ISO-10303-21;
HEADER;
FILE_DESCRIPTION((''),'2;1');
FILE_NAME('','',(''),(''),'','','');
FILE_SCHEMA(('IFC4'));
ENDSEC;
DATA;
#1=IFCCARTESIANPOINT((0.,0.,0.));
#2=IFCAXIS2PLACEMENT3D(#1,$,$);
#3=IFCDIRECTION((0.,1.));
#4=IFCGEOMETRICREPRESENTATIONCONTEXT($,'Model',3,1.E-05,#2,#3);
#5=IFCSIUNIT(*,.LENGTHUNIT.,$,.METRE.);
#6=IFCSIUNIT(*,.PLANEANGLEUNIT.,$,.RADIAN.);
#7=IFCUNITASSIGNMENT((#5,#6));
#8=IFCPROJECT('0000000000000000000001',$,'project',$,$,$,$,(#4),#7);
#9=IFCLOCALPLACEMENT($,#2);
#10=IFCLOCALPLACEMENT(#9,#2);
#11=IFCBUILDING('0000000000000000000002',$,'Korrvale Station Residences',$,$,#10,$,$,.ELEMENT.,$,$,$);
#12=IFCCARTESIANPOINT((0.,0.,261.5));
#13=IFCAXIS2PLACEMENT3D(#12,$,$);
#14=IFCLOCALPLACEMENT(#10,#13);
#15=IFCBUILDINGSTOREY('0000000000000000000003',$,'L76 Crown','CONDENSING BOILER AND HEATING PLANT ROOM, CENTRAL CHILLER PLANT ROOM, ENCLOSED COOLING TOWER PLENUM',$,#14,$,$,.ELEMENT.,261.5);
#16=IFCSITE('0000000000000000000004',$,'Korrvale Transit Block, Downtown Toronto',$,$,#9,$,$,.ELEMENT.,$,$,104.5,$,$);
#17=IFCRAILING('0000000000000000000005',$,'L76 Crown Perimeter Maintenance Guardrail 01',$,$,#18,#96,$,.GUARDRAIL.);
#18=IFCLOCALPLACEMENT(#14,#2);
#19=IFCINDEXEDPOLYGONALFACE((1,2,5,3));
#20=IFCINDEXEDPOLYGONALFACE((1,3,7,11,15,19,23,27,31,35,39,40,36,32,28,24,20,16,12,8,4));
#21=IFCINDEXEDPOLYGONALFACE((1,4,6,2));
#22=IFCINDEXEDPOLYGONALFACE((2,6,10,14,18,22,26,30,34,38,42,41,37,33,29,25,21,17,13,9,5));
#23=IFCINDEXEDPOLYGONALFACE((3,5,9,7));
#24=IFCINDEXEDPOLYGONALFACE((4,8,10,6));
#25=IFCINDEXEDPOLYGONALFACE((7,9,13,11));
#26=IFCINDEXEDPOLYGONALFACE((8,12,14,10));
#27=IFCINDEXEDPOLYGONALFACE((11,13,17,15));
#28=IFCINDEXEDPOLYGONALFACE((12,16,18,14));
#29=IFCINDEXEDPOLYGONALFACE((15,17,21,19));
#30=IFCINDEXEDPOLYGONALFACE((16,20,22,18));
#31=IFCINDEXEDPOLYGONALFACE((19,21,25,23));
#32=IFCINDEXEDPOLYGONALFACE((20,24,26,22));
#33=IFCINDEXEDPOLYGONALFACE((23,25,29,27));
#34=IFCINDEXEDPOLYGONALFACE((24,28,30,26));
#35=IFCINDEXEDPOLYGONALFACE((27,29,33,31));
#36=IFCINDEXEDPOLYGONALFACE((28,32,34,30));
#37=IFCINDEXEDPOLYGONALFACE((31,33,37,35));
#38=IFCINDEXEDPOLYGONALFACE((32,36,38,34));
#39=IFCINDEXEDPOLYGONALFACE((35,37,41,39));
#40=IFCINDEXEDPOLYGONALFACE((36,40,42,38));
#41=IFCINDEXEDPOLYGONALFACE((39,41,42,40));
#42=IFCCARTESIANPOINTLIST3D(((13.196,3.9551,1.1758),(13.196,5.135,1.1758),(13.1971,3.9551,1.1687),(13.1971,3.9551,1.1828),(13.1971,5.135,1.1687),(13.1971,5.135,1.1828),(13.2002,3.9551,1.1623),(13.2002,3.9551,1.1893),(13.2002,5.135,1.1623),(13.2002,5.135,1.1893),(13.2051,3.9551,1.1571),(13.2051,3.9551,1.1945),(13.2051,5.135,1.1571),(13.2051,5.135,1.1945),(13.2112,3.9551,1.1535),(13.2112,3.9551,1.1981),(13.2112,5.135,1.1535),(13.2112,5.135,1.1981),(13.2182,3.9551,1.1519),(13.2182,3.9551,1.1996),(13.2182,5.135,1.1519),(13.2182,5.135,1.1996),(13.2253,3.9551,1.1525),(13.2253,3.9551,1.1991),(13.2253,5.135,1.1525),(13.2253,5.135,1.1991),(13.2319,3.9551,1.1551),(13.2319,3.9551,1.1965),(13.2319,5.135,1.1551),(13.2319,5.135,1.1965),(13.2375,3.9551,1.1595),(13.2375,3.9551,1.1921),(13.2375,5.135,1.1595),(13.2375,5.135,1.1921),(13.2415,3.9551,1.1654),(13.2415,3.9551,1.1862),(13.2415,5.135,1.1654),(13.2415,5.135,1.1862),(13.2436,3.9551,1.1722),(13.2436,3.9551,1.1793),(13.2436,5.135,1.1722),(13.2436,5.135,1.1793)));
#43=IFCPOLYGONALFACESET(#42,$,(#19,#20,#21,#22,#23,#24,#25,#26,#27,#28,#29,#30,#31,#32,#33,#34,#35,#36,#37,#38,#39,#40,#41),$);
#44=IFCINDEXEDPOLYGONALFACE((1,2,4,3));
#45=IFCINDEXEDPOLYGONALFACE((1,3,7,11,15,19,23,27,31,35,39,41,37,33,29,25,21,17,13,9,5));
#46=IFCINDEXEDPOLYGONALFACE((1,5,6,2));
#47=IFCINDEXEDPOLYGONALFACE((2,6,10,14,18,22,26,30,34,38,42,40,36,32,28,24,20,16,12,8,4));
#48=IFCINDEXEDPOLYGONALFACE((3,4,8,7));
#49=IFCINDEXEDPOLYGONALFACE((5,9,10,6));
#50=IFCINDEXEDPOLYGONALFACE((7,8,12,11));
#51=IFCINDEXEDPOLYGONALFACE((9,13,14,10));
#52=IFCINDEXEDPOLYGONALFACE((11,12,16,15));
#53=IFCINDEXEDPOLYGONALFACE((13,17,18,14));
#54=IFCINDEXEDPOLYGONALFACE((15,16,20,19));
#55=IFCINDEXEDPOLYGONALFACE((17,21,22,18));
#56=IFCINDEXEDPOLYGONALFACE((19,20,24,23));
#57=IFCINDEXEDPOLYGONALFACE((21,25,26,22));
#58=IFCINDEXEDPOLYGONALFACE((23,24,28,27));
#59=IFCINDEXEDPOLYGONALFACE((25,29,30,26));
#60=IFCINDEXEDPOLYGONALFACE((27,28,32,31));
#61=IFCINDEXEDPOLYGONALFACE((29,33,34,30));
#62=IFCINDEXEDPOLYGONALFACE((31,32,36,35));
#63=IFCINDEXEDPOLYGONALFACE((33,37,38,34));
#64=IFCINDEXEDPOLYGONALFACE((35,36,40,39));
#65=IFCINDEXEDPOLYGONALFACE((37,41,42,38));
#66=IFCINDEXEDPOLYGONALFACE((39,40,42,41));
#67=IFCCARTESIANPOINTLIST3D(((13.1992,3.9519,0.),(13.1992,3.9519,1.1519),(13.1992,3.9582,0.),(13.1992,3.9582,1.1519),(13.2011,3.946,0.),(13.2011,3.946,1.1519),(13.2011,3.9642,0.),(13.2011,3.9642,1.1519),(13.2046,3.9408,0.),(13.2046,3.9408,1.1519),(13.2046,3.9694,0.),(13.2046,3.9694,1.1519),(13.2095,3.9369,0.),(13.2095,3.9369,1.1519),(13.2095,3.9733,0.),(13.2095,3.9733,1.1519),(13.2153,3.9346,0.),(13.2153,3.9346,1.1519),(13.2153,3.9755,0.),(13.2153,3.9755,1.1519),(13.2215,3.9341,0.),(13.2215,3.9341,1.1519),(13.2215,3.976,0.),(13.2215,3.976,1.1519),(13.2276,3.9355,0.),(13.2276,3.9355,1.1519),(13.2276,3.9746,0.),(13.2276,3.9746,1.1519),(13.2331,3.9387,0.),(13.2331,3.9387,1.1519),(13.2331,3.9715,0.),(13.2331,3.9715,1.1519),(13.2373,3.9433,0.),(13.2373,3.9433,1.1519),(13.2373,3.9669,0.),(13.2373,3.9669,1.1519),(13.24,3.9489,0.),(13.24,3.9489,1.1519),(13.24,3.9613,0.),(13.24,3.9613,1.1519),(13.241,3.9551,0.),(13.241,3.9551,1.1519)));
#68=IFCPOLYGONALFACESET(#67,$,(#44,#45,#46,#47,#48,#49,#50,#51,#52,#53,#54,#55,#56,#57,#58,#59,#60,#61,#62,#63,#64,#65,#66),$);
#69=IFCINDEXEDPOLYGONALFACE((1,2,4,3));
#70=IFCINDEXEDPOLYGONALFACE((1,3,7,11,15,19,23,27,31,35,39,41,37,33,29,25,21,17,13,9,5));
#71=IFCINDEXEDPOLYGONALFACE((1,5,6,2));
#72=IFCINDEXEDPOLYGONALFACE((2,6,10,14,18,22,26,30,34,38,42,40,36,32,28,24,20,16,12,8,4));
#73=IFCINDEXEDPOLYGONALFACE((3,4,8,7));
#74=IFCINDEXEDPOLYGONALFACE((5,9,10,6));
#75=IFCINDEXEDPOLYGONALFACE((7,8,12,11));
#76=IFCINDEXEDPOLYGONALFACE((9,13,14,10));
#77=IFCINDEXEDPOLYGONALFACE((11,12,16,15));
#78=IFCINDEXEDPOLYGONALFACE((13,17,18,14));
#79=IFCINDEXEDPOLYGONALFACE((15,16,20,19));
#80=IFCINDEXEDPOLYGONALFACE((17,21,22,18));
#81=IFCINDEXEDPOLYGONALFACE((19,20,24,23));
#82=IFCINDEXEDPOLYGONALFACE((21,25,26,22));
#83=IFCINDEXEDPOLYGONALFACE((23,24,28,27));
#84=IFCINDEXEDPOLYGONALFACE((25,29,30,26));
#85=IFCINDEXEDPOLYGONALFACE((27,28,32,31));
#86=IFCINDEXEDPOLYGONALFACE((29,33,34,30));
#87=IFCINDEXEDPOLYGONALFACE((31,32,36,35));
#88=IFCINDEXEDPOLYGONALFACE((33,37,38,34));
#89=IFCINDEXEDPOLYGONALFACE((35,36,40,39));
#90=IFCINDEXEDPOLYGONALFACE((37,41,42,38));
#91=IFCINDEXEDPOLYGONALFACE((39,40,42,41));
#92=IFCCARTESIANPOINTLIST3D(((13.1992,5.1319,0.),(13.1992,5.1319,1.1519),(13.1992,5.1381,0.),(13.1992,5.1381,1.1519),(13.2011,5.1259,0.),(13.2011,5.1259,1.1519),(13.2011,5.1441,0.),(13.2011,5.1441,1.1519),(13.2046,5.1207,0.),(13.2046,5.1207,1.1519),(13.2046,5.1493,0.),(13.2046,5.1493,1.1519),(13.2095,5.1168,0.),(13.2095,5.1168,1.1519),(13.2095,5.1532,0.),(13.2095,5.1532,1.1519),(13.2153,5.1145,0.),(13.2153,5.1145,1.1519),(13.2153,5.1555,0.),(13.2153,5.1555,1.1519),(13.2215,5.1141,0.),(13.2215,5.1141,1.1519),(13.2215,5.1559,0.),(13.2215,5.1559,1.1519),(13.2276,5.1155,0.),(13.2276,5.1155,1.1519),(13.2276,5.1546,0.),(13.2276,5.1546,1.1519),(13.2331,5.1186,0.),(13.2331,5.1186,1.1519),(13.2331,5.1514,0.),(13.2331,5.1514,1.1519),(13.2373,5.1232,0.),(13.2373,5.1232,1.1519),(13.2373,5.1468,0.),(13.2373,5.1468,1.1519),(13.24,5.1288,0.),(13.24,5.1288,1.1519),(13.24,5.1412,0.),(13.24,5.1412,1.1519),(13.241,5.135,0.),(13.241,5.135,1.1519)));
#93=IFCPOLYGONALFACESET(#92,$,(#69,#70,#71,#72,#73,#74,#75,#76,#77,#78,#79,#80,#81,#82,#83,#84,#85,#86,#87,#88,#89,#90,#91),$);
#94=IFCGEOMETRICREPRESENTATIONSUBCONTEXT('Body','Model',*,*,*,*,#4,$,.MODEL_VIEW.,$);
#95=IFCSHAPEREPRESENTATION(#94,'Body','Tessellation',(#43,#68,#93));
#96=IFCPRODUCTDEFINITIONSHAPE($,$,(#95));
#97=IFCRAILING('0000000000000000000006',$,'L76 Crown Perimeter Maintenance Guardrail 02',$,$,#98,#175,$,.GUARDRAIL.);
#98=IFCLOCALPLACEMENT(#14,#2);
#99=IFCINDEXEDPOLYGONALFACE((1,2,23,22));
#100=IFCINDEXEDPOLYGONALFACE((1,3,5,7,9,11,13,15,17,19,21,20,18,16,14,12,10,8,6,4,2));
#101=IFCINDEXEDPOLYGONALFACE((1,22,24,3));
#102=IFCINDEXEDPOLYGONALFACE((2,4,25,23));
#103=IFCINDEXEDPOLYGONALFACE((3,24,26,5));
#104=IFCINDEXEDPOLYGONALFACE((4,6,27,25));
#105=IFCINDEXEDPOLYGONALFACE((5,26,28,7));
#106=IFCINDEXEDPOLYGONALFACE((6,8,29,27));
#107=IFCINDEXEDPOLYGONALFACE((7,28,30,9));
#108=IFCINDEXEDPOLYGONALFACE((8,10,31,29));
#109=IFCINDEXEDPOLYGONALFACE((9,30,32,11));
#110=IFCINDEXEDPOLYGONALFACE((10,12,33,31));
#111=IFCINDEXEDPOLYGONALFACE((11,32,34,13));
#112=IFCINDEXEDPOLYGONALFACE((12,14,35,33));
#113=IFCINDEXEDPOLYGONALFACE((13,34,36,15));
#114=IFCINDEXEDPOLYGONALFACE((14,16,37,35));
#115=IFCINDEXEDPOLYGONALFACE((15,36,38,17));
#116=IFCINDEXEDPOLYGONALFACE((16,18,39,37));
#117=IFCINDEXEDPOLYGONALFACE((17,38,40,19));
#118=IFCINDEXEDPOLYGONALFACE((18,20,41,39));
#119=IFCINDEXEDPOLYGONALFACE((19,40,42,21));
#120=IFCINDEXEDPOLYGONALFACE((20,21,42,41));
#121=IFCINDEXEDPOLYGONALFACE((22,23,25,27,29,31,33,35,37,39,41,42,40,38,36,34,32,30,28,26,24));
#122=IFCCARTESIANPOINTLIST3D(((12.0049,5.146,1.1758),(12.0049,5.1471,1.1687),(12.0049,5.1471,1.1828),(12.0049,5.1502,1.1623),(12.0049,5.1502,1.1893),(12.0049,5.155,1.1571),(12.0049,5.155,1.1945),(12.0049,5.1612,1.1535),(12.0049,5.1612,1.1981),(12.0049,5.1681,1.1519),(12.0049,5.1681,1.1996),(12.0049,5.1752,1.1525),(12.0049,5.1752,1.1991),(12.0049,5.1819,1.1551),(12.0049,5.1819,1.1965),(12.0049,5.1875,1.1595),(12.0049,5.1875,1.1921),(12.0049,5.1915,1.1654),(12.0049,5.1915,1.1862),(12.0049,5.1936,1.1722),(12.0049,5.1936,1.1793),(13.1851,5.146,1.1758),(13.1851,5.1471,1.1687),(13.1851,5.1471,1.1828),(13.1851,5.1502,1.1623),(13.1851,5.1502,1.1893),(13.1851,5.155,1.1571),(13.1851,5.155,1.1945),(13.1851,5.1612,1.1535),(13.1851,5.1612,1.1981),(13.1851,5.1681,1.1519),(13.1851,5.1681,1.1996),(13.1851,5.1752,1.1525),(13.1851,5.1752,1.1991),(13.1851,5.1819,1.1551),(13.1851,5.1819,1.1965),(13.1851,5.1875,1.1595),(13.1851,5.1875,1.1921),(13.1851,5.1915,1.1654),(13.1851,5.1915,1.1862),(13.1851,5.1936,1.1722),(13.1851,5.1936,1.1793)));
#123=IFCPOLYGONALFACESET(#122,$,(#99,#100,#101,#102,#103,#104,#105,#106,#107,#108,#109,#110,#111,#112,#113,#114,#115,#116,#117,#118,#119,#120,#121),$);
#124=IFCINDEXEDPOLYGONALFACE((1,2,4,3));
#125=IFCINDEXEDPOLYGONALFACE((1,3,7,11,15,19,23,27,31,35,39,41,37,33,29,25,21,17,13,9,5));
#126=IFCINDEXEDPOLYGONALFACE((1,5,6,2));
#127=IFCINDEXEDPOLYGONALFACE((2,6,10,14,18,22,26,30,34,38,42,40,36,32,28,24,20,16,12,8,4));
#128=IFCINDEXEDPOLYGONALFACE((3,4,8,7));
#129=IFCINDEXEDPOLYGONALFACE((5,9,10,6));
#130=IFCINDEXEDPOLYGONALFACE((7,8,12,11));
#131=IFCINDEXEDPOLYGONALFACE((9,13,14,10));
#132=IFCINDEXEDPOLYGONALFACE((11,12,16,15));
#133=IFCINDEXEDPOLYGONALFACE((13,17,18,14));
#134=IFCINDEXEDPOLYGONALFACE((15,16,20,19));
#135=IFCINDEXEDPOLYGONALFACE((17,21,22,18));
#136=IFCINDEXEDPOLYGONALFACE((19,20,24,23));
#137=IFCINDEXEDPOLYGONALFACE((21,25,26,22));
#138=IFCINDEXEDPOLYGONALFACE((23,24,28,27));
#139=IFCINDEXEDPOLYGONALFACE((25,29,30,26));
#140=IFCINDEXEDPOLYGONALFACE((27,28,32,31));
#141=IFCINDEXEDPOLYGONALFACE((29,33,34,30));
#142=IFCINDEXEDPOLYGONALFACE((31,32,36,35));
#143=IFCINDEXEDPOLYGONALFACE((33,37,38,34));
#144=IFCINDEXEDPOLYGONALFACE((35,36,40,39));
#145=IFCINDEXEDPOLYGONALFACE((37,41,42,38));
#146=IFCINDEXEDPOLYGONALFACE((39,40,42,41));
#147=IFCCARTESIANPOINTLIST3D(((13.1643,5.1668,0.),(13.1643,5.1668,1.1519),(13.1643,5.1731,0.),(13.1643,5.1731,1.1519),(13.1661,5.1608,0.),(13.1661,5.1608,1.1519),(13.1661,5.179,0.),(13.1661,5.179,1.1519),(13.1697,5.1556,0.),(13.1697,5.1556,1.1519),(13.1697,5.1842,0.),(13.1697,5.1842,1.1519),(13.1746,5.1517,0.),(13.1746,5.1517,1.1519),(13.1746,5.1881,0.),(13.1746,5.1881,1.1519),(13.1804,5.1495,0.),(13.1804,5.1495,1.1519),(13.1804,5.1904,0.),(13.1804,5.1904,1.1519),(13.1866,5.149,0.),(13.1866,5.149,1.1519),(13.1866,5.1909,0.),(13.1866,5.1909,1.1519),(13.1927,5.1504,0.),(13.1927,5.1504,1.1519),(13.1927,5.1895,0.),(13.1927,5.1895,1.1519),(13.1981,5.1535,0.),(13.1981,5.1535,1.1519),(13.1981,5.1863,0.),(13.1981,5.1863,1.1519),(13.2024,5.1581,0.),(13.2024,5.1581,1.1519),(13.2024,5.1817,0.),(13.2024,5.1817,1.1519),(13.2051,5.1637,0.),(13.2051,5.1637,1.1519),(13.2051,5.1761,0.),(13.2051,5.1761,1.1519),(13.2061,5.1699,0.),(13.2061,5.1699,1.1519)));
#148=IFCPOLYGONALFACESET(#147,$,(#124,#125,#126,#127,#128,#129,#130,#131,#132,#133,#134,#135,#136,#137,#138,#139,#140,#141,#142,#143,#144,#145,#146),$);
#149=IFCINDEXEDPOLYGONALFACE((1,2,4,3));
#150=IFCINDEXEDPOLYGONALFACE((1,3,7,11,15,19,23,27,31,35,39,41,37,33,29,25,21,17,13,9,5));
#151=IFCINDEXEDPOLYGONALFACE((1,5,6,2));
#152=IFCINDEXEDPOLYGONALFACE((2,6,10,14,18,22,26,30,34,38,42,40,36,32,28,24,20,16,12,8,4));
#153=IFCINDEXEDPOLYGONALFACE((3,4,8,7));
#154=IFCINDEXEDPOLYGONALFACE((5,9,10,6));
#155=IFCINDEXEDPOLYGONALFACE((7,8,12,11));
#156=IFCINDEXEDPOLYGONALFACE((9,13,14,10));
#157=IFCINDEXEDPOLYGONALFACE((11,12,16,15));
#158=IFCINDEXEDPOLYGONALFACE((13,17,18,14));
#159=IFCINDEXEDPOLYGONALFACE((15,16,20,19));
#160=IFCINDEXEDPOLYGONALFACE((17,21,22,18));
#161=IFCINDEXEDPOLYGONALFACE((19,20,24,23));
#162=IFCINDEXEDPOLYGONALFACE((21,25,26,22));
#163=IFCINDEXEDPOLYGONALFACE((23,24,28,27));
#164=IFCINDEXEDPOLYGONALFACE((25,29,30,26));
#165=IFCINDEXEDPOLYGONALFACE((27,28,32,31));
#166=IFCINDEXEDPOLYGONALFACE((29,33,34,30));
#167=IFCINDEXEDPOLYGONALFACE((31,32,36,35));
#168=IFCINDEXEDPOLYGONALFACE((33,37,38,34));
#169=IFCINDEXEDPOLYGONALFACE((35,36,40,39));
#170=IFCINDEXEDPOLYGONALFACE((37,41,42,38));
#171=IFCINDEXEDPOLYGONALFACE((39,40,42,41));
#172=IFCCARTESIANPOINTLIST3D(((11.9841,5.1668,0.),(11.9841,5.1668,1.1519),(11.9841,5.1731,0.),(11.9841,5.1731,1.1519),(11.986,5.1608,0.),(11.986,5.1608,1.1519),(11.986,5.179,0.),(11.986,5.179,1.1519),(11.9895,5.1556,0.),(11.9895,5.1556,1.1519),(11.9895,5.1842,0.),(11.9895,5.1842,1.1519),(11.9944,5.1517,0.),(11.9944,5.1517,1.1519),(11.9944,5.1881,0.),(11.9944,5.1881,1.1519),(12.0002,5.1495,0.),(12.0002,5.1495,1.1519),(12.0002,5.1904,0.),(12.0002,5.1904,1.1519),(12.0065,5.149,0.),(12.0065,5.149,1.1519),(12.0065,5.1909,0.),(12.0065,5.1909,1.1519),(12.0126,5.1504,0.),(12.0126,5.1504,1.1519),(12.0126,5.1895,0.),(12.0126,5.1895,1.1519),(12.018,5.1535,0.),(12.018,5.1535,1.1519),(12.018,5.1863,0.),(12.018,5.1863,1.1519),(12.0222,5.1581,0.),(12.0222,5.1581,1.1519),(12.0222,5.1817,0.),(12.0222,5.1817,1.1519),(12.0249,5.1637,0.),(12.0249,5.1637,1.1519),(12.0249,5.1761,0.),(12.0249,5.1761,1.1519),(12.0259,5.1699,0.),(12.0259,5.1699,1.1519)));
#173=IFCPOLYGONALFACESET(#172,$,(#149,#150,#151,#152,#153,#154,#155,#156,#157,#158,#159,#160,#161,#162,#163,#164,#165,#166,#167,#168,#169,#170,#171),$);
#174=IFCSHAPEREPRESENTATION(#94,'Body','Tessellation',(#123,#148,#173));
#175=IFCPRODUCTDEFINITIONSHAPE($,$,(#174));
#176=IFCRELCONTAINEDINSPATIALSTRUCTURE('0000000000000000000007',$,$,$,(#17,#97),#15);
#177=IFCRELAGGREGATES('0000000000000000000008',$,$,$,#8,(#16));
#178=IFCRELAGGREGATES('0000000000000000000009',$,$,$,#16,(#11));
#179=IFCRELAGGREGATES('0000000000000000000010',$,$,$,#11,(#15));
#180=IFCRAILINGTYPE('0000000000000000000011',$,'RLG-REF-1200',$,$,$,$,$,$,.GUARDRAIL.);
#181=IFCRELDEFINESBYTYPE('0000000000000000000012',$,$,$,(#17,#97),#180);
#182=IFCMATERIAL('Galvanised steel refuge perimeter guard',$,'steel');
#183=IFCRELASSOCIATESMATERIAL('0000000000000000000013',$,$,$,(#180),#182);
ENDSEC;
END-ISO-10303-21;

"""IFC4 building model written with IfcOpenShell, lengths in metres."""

from ifc_helpers import new_model, si_unit, direction, frame, origin, origin_2d, place, context, subcontext, project, spatial, circle, extrude, material, type_object, element, save


model = new_model("IFC4")

# Units and contexts
model_context = context("Model", 3, precision=1e-05, world=origin(), true_north=direction((0.0, 1.0)))
body_context = subcontext(model_context, "Body", "Model", "MODEL_VIEW")
ifc_project = project(units=[si_unit("LENGTHUNIT", "METRE"), si_unit("PLANEANGLEUNIT", "RADIAN")], contexts=[model_context])

# Site, building, storey
site_placement = place(None, origin())
site = spatial("IfcSite", under=ifc_project, at=site_placement, Name="Korrvale Transit Block, Downtown Toronto", CompositionType="ELEMENT", RefElevation=104.5)
building_placement = place(site_placement, origin())
building = spatial("IfcBuilding", under=site, at=building_placement, Name="Korrvale Station Residences", CompositionType="ELEMENT")
storey_placement = place(building_placement, frame((0.0, 0.0, 261.5)))
storey = spatial("IfcBuildingStorey", under=building, at=storey_placement, Name="L76 Crown", Description="CONDENSING BOILER AND HEATING PLANT ROOM, CENTRAL CHILLER PLANT ROOM, ENCLOSED COOLING TOWER PLENUM", CompositionType="ELEMENT", Elevation=261.5)

# Railings
ifc_material_1 = material(Name="Galvanised steel refuge perimeter guard", Category="steel")
railing_type = type_object("IfcRailingType", Name="RLG-REF-1200", PredefinedType="GUARDRAIL", material=ifc_material_1)
railing_1_placement = place(storey_placement, frame((13.22, 3.9551, 0.0)))
element("IfcRailing", 1, at=railing_1_placement, inside=storey, type_object=railing_type, Name="L76 Crown Perimeter Maintenance Guardrail 01", PredefinedType="GUARDRAIL", context=body_context, shape_type="SweptSolid", body=[
    extrude(circle(Radius=0.0239, at=origin_2d()), frame((0.0, 0.0, 1.1758), z_axis=(0.0, 1.0, 0.0), x_axis=(-1.0, 0.0, 0.0)), (0.0, 0.0, 1.0), 1.1799),
    extrude(circle(Radius=0.021, at=origin_2d()), origin(), (0.0, 0.0, 1.0), 1.1519),
    extrude(circle(Radius=0.021, at=origin_2d()), frame((0.0, 1.1799, 0.0)), (0.0, 0.0, 1.0), 1.1519),
])
railing_2_placement = place(storey_placement, frame((13.1851, 5.1699, 0.0)))
element("IfcRailing", 2, at=railing_2_placement, inside=storey, type_object=railing_type, Name="L76 Crown Perimeter Maintenance Guardrail 02", PredefinedType="GUARDRAIL", context=body_context, shape_type="SweptSolid", body=[
    extrude(circle(Radius=0.0239, at=origin_2d()), frame((0.0, 0.0, 1.1758), z_axis=(-1.0, 0.0, 0.0), x_axis=(0.0, -1.0, 0.0)), (0.0, 0.0, 1.0), 1.1802),
    extrude(circle(Radius=0.021, at=origin_2d()), origin(), (0.0, 0.0, 1.0), 1.1519),
    extrude(circle(Radius=0.021, at=origin_2d()), frame((-1.1802, 0.0, 0.0)), (0.0, 0.0, 1.0), 1.1519),
])

save(model, "model.ifc")
